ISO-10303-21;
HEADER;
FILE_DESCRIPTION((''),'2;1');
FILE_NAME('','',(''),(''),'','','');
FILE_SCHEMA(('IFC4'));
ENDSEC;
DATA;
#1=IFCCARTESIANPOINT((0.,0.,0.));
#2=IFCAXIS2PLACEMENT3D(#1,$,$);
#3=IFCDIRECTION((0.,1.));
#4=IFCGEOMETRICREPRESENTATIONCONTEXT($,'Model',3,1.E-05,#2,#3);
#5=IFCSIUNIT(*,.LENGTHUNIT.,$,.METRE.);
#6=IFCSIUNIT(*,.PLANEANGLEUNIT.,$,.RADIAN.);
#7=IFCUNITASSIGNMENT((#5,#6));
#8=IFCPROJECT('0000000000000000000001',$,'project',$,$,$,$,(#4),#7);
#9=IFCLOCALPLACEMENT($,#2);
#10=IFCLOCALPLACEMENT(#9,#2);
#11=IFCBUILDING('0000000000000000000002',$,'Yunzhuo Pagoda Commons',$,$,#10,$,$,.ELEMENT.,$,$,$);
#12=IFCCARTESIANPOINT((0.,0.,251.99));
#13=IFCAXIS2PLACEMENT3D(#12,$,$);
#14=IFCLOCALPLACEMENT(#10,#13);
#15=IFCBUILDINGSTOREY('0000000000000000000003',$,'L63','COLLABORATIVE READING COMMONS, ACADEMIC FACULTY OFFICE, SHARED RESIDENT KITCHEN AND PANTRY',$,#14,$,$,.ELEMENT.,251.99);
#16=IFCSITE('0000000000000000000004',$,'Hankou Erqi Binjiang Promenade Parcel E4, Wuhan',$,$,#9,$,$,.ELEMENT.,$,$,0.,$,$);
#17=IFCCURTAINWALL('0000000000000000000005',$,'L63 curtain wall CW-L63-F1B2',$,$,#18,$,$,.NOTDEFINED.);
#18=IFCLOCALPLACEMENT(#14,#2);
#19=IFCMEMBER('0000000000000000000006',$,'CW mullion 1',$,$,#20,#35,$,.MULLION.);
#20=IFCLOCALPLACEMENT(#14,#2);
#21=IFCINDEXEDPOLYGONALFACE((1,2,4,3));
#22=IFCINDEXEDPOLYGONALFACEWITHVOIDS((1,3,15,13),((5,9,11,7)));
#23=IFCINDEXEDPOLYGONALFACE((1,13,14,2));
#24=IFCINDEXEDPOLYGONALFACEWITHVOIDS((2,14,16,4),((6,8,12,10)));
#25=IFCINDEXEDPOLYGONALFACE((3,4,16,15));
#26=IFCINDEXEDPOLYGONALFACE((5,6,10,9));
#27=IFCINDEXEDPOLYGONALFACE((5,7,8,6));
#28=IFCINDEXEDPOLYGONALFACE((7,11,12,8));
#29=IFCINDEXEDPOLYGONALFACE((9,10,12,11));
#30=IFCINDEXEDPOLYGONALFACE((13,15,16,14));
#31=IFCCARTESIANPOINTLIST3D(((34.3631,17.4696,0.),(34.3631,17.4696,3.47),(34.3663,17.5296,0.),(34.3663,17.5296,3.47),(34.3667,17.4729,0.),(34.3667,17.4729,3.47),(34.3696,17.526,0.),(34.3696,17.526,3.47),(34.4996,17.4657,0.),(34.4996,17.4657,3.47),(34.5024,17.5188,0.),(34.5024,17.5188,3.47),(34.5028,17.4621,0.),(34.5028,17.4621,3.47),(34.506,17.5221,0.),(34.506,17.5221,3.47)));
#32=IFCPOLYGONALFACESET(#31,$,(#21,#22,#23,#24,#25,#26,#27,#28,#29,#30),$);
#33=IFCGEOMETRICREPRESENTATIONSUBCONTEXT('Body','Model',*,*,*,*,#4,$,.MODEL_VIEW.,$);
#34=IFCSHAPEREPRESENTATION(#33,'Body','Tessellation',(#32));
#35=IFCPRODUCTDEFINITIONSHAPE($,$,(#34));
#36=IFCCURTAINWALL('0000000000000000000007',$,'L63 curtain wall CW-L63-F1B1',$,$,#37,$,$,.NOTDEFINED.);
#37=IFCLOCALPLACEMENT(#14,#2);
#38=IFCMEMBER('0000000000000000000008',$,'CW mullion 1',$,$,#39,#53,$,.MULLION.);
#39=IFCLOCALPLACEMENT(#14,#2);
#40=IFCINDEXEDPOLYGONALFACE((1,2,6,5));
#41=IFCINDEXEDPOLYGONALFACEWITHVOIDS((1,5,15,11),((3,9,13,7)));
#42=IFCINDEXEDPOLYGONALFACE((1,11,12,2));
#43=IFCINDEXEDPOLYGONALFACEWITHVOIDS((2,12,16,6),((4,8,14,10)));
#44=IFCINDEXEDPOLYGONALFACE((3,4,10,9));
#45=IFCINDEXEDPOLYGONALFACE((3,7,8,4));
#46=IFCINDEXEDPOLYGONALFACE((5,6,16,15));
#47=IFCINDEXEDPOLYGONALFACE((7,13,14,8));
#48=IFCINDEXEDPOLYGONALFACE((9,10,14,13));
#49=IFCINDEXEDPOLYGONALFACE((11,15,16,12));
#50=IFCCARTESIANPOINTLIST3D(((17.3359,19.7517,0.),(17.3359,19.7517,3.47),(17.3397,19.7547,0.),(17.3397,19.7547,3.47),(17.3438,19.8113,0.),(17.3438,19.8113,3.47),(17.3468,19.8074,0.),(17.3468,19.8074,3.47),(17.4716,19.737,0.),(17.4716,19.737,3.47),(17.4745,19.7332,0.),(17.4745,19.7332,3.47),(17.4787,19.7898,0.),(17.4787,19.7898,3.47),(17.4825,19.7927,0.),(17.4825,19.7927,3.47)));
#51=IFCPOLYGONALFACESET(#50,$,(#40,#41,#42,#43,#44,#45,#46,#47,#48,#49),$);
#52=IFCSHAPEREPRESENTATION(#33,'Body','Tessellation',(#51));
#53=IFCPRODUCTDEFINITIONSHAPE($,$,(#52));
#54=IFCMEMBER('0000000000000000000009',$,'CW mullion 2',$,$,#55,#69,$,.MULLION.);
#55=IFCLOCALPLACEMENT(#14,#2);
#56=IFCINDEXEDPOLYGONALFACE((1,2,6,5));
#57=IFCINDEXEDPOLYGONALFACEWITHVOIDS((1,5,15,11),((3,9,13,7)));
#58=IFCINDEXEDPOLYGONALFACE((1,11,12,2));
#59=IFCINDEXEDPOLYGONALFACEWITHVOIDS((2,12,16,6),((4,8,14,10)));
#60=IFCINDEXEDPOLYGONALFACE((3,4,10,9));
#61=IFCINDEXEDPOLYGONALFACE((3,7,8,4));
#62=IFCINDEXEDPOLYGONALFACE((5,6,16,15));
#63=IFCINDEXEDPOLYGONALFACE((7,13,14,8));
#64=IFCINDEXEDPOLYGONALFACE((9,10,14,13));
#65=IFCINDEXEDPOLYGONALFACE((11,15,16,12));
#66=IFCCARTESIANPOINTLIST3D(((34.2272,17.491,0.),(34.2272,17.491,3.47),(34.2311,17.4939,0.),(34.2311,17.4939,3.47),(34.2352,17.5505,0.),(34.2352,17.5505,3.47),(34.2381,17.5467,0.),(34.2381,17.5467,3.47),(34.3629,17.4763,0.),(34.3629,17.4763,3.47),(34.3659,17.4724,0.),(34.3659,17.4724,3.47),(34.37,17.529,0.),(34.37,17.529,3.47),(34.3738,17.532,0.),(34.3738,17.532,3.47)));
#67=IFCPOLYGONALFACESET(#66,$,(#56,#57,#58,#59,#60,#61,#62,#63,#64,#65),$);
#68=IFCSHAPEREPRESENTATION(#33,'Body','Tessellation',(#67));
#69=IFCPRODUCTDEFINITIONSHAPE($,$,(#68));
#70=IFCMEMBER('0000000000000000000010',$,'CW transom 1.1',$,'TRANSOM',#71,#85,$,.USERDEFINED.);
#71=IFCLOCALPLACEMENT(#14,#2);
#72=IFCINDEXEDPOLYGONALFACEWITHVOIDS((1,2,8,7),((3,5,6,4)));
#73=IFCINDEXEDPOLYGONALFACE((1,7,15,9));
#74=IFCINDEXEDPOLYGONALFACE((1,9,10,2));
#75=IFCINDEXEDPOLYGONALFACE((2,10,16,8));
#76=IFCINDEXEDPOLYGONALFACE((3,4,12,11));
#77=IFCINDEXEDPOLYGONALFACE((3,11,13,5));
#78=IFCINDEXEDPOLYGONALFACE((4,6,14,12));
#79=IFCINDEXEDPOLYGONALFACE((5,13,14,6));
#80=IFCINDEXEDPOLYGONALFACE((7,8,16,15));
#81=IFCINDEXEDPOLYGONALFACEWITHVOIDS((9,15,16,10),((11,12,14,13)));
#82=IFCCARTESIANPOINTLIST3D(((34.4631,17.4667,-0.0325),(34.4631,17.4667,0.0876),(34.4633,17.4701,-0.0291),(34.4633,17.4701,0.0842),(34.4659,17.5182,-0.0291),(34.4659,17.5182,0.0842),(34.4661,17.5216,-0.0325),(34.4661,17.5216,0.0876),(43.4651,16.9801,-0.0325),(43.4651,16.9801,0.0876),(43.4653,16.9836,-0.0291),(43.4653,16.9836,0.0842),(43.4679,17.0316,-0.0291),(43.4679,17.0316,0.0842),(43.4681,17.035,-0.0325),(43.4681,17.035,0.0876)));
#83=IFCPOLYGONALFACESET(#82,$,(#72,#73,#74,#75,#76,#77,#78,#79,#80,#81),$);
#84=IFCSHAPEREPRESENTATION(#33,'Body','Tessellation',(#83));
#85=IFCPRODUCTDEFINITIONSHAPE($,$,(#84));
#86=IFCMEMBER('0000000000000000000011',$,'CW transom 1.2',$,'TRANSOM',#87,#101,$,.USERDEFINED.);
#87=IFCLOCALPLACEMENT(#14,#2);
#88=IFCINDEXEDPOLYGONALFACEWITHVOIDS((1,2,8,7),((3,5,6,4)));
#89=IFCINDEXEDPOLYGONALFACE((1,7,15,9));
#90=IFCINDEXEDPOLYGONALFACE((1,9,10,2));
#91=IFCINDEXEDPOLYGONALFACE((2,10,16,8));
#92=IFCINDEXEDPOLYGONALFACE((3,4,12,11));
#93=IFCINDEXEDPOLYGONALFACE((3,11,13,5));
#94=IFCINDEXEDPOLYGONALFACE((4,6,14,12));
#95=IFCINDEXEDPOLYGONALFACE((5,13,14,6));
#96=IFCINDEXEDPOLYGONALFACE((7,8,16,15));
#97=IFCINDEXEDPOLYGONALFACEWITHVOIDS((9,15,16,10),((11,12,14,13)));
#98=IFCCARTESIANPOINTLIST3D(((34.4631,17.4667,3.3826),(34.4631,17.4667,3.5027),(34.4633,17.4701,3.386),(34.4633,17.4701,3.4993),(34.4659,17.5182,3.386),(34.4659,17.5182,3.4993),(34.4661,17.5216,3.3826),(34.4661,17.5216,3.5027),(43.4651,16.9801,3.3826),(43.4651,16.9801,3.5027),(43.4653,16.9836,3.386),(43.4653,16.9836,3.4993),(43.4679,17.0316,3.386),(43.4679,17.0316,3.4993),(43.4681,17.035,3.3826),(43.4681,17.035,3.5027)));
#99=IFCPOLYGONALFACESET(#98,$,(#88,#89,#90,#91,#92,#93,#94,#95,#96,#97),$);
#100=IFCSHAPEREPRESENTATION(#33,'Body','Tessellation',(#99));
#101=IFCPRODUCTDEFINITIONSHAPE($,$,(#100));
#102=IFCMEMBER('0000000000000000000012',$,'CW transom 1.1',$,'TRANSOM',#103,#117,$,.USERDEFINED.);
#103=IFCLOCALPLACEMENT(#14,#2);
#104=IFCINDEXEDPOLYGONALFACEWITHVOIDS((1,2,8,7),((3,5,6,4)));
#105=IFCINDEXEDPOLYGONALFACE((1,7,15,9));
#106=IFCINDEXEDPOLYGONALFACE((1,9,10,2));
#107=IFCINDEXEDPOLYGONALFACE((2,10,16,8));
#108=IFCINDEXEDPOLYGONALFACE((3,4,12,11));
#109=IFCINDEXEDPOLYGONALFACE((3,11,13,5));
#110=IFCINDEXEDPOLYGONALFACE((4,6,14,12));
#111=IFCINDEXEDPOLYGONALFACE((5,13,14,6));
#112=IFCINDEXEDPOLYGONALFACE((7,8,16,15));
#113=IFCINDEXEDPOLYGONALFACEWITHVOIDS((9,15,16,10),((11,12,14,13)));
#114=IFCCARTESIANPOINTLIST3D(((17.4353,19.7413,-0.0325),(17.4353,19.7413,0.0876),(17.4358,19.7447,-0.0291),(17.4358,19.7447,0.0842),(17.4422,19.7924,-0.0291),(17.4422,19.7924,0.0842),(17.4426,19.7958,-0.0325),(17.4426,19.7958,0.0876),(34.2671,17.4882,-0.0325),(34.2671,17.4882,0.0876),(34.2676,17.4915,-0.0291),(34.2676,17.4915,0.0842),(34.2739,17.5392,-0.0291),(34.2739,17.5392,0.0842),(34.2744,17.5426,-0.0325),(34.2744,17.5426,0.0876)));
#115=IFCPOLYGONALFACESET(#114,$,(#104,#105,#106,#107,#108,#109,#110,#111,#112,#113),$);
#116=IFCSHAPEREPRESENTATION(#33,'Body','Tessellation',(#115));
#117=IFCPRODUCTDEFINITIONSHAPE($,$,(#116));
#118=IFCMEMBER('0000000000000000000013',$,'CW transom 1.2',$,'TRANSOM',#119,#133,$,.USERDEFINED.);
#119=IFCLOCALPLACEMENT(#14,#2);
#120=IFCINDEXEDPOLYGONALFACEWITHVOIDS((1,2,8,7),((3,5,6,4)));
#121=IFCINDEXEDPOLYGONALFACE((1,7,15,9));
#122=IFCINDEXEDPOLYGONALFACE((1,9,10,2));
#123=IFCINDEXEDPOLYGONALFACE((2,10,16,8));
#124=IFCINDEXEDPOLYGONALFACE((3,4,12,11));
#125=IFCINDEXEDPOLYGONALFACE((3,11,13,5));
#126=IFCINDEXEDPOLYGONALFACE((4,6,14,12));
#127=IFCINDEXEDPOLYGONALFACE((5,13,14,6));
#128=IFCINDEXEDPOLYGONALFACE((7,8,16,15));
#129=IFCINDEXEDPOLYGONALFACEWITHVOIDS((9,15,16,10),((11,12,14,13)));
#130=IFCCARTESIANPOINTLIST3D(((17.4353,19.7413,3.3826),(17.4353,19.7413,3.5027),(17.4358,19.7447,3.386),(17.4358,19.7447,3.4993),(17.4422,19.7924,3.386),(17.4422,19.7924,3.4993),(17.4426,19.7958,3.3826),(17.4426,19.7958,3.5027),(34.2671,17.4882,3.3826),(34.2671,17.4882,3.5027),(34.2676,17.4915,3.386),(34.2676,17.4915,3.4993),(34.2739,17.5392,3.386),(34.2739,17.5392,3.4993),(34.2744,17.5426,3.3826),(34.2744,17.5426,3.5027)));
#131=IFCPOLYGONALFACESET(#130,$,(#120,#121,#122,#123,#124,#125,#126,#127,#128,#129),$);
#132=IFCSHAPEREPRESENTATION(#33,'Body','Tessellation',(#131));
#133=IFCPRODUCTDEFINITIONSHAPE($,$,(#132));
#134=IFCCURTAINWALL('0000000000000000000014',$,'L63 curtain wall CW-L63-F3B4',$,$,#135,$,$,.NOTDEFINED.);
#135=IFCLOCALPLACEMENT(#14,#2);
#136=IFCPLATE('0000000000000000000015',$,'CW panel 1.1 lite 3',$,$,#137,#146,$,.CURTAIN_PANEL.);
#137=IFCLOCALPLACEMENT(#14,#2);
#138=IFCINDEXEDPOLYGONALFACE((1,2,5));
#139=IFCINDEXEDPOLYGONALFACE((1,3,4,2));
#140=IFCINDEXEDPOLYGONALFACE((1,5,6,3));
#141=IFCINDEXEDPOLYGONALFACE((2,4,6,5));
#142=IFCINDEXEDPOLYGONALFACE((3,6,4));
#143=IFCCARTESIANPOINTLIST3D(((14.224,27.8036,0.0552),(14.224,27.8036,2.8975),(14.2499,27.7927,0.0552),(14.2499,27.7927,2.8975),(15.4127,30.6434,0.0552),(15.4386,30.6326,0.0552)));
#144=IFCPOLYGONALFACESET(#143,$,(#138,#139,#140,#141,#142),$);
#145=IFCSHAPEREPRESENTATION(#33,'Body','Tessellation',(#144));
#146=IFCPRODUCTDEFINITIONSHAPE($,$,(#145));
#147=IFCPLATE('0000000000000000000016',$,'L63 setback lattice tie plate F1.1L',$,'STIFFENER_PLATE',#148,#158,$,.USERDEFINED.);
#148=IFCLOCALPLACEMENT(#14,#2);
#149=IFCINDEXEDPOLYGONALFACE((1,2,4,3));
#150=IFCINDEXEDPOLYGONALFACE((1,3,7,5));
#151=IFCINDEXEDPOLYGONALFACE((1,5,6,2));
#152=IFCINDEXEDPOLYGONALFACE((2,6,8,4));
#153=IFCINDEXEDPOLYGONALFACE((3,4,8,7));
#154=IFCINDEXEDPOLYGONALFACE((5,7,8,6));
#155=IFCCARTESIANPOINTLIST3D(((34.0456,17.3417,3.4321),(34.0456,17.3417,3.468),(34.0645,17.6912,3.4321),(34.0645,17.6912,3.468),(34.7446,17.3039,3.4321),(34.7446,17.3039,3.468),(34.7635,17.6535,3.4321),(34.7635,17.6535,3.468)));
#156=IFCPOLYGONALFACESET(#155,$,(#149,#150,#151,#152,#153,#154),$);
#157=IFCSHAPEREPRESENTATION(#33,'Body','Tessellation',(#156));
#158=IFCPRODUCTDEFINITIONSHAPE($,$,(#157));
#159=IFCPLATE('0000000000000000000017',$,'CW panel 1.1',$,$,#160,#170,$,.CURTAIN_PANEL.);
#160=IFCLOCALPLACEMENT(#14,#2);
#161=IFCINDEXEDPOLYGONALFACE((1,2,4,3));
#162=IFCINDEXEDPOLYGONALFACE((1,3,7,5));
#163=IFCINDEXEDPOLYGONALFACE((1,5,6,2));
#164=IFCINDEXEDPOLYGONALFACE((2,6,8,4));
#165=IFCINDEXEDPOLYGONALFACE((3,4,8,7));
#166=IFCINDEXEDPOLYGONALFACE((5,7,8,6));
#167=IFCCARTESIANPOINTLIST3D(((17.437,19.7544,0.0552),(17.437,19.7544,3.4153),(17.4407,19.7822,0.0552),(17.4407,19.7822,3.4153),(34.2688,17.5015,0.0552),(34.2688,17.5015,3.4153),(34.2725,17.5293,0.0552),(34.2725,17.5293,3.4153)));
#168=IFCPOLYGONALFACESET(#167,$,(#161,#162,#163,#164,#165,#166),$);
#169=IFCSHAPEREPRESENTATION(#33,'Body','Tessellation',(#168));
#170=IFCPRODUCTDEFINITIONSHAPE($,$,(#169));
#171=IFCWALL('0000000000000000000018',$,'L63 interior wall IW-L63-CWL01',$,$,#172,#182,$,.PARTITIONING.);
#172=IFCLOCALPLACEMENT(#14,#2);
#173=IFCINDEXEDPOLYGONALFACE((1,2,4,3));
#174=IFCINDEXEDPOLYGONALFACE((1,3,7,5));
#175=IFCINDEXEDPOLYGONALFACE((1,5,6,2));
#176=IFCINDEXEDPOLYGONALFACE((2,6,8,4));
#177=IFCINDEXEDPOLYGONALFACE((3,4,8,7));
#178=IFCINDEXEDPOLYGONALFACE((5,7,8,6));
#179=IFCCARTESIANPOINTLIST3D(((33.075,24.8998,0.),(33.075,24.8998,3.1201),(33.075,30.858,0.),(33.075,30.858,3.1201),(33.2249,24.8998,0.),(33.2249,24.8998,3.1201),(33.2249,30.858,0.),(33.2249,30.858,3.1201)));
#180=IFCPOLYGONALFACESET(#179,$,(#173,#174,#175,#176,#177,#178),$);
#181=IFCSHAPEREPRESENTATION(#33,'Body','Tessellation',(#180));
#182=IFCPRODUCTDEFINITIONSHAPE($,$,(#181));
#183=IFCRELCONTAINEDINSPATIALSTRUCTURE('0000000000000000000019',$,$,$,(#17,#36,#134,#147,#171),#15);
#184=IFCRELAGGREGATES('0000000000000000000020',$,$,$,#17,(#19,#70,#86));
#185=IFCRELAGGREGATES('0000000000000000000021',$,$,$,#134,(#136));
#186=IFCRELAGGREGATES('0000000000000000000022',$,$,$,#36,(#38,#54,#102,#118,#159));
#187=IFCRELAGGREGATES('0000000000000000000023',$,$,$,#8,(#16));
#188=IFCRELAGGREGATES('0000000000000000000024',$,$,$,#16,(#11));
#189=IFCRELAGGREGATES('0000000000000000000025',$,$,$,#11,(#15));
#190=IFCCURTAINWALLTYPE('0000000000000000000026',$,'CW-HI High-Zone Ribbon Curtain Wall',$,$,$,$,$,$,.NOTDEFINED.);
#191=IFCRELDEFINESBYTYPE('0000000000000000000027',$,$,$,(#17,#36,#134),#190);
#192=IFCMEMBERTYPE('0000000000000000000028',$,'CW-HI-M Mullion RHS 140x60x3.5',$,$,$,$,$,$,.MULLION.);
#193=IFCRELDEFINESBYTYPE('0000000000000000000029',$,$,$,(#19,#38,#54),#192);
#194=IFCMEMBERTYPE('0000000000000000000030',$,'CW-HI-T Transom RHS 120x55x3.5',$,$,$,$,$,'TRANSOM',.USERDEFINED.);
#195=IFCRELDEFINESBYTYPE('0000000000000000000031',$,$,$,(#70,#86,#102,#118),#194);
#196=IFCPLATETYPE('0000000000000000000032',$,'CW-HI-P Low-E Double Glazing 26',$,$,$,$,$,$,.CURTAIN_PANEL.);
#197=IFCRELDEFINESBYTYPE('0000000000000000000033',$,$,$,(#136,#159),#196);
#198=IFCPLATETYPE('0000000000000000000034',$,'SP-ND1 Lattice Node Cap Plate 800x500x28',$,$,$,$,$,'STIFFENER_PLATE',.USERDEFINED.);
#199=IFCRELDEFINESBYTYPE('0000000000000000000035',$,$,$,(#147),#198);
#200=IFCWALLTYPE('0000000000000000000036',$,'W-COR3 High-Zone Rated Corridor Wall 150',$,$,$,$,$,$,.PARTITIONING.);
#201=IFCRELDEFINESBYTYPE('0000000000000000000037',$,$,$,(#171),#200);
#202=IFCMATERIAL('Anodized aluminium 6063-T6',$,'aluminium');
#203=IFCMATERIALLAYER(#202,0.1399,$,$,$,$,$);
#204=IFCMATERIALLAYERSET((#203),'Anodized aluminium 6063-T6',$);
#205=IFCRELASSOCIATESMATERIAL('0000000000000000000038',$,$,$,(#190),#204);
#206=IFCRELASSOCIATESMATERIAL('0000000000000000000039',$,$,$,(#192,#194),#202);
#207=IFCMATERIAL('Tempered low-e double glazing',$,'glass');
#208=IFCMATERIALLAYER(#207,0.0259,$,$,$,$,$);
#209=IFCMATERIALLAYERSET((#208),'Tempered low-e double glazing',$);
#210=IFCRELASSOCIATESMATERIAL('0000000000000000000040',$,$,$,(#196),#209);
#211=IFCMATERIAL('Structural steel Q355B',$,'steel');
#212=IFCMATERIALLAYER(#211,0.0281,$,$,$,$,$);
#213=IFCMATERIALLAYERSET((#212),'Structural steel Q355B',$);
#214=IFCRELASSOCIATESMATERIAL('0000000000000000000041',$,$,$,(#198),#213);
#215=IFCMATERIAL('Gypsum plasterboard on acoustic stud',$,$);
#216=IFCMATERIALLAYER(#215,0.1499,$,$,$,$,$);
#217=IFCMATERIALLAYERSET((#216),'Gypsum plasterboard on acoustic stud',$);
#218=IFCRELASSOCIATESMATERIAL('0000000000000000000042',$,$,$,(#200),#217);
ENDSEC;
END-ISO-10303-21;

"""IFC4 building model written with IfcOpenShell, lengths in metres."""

from ifc_helpers import new_model, si_unit, direction, frame, frame_2d, origin, origin_2d, place, context, subcontext, project, spatial, polyline, rectangle, hollow_rectangle, outline, extrude, source, transform, mapped, material, layer, layer_set, material_profile, profile_set, type_object, element, aggregate, save


model = new_model("IFC4")

# Units and contexts
model_context = context("Model", 3, precision=1e-05, world=origin(), true_north=direction((0.0, 1.0)))
body_context = subcontext(model_context, "Body", "Model", "MODEL_VIEW")
ifc_project = project(units=[si_unit("LENGTHUNIT", "METRE"), si_unit("PLANEANGLEUNIT", "RADIAN")], contexts=[model_context])

# Site, building, storey
site_placement = place(None, origin())
site = spatial("IfcSite", under=ifc_project, at=site_placement, Name="Hankou Erqi Binjiang Promenade Parcel E4, Wuhan", CompositionType="ELEMENT", RefElevation=0.0)
building_placement = place(site_placement, origin())
building = spatial("IfcBuilding", under=site, at=building_placement, Name="Yunzhuo Pagoda Commons", CompositionType="ELEMENT")
storey_placement = place(building_placement, frame((0.0, 0.0, 251.99)))
storey = spatial("IfcBuildingStorey", under=building, at=storey_placement, Name="L63", Description="COLLABORATIVE READING COMMONS, ACADEMIC FACULTY OFFICE, SHARED RESIDENT KITCHEN AND PANTRY", CompositionType="ELEMENT", Elevation=251.99)

# Shared definitions
ifc_material_1 = material(Name="Structural steel Q355B", Category="steel")

# Curtain wall, member
ifc_material_2 = material(Name="Anodized aluminium 6063-T6", Category="aluminium")
ifc_layer_1 = layer(ifc_material_2, 0.1399)
ifc_layer_set_1 = layer_set([ifc_layer_1], Name="Anodized aluminium 6063-T6")
curtain_wall_type = type_object("IfcCurtainWallType", Name="CW-HI High-Zone Ribbon Curtain Wall", PredefinedType="NOTDEFINED", material=ifc_layer_set_1)
curtain_wall_1_placement = place(storey_placement, origin())
curtain_wall_1 = element("IfcCurtainWall", 1, at=curtain_wall_1_placement, inside=storey, type_object=curtain_wall_type, Name="L63 curtain wall CW-L63-F1B2", PredefinedType="NOTDEFINED")
ifc_material_profile_1 = material_profile(ifc_material_2, hollow_rectangle(XDim=0.0601, YDim=0.1399, WallThickness=0.0034, at=origin_2d()), Name="Anodized aluminium 6063-T6")
ifc_profile_set_1 = profile_set([ifc_material_profile_1], Name="Anodized aluminium 6063-T6")
member_type_1 = type_object("IfcMemberType", Name="CW-HI-M Mullion RHS 140x60x3.5", PredefinedType="MULLION", material=ifc_profile_set_1)
shared_shape_1 = source(origin(), body_context, "Body", "SweptSolid", [
    extrude(hollow_rectangle(XDim=0.0601, YDim=0.1399, WallThickness=0.0034, at=origin_2d()), origin(), (0.0, 0.0, 1.0), 3.47),
])
member_1_placement = place(storey_placement, frame((34.4346, 17.4958, 0.0), z_axis=(0.0, 0.0, 1.0), x_axis=(0.053989, 0.998542, 0.0)))
member_1 = element("IfcMember", 2, at=member_1_placement, type_object=member_type_1, Name="CW mullion 1", PredefinedType="MULLION", context=body_context, shape_type="MappedRepresentation", body=[
    mapped(shared_shape_1, transform((0.0, 0.0, 0.0), scale=1.0)),
])

# Curtain wall, members
curtain_wall_2_placement = place(storey_placement, origin())
curtain_wall_2 = element("IfcCurtainWall", 3, at=curtain_wall_2_placement, inside=storey, type_object=curtain_wall_type, Name="L63 curtain wall CW-L63-F1B1", PredefinedType="NOTDEFINED")
member_2_placement = place(storey_placement, frame((17.4092, 19.7722, 0.0), z_axis=(0.0, 0.0, 1.0), x_axis=(0.132664, 0.991161, 0.0)))
member_2 = element("IfcMember", 4, at=member_2_placement, type_object=member_type_1, Name="CW mullion 1", PredefinedType="MULLION", context=body_context, shape_type="MappedRepresentation", body=[
    mapped(shared_shape_1, transform((0.0, 0.0, 0.0), scale=1.0)),
])
member_3_placement = place(storey_placement, frame((34.3005, 17.5115, 0.0), z_axis=(0.0, 0.0, 1.0), x_axis=(0.132664, 0.991161, 0.0)))
member_3 = element("IfcMember", 5, at=member_3_placement, type_object=member_type_1, Name="CW mullion 2", PredefinedType="MULLION", context=body_context, shape_type="MappedRepresentation", body=[
    mapped(shared_shape_1, transform((0.0, 0.0, 0.0), scale=1.0)),
])

# Members
ifc_material_profile_2 = material_profile(ifc_material_2, hollow_rectangle(XDim=0.0549, YDim=0.1201, WallThickness=0.0034, at=origin_2d()), Name="Anodized aluminium 6063-T6")
ifc_profile_set_2 = profile_set([ifc_material_profile_2], Name="Anodized aluminium 6063-T6")
member_type_2 = type_object("IfcMemberType", Name="CW-HI-T Transom RHS 120x55x3.5", ElementType="TRANSOM", PredefinedType="USERDEFINED", material=ifc_profile_set_2)
shared_shape_2 = source(origin(), body_context, "Body", "SweptSolid", [
    extrude(hollow_rectangle(XDim=0.0549, YDim=0.1201, WallThickness=0.0034, at=origin_2d()), origin(), (0.0, 0.0, 1.0), 9.0151),
])
member_4_placement = place(storey_placement, frame((34.4646, 17.4941, 0.0276), z_axis=(0.998542, -0.053973, 0.0), x_axis=(0.053973, 0.998542, 0.0)))
member_4 = element("IfcMember", 6, at=member_4_placement, type_object=member_type_2, Name="CW transom 1.1", ObjectType="TRANSOM", PredefinedType="USERDEFINED", context=body_context, shape_type="MappedRepresentation", body=[
    mapped(shared_shape_2, transform((0.0, 0.0, 0.0), scale=1.0)),
])
member_5_placement = place(storey_placement, frame((34.4646, 17.4941, 3.4426), z_axis=(0.998542, -0.053973, 0.0), x_axis=(0.053973, 0.998542, 0.0)))
member_5 = element("IfcMember", 7, at=member_5_placement, type_object=member_type_2, Name="CW transom 1.2", ObjectType="TRANSOM", PredefinedType="USERDEFINED", context=body_context, shape_type="MappedRepresentation", body=[
    mapped(shared_shape_2, transform((0.0, 0.0, 0.0), scale=1.0)),
])
aggregate(curtain_wall_1, [member_1, member_4, member_5])
shared_shape_3 = source(origin(), body_context, "Body", "SweptSolid", [
    extrude(hollow_rectangle(XDim=0.0549, YDim=0.1201, WallThickness=0.0034, at=origin_2d()), origin(), (0.0, 0.0, 1.0), 16.9819),
])
member_6_placement = place(storey_placement, frame((17.439, 19.7686, 0.0276), z_axis=(0.991159, -0.132681, 0.0), x_axis=(0.132681, 0.991159, 0.0)))
member_6 = element("IfcMember", 8, at=member_6_placement, type_object=member_type_2, Name="CW transom 1.1", ObjectType="TRANSOM", PredefinedType="USERDEFINED", context=body_context, shape_type="MappedRepresentation", body=[
    mapped(shared_shape_3, transform((0.0, 0.0, 0.0), scale=1.0)),
])
member_7_placement = place(storey_placement, frame((17.439, 19.7686, 3.4426), z_axis=(0.991159, -0.132681, 0.0), x_axis=(0.132681, 0.991159, 0.0)))
member_7 = element("IfcMember", 9, at=member_7_placement, type_object=member_type_2, Name="CW transom 1.2", ObjectType="TRANSOM", PredefinedType="USERDEFINED", context=body_context, shape_type="MappedRepresentation", body=[
    mapped(shared_shape_3, transform((0.0, 0.0, 0.0), scale=1.0)),
])

# Curtain wall, plate
curtain_wall_3_placement = place(storey_placement, origin())
curtain_wall_3 = element("IfcCurtainWall", 10, at=curtain_wall_3_placement, inside=storey, type_object=curtain_wall_type, Name="L63 curtain wall CW-L63-F3B4", PredefinedType="NOTDEFINED")
ifc_material_3 = material(Name="Tempered low-e double glazing", Category="glass")
ifc_layer_2 = layer(ifc_material_3, 0.0259)
ifc_layer_set_2 = layer_set([ifc_layer_2], Name="Tempered low-e double glazing")
plate_type_1 = type_object("IfcPlateType", Name="CW-HI-P Low-E Double Glazing 26", PredefinedType="CURTAIN_PANEL", material=ifc_layer_set_2)
plate_1_placement = place(storey_placement, frame((14.8442, 29.2126, 1.4763), z_axis=(-0.922451, 0.386115, 0.0), x_axis=(-0.386115, -0.922451, 0.0)))
plate_1 = element("IfcPlate", 11, at=plate_1_placement, type_object=plate_type_1, Name="CW panel 1.1 lite 3", PredefinedType="CURTAIN_PANEL", context=body_context, shape_type="SweptSolid", body=[
    extrude(outline(polyline([(-1.5393, -1.4211), (1.5393, -1.4211), (1.5393, 1.4211), (-1.5393, -1.4211)])), origin(), (0.0, 0.0, 1.0), 0.0281),
])
aggregate(curtain_wall_3, [plate_1])

# Plates
ifc_layer_3 = layer(ifc_material_1, 0.0281)
ifc_layer_set_3 = layer_set([ifc_layer_3], Name="Structural steel Q355B")
plate_type_2 = type_object("IfcPlateType", Name="SP-ND1 Lattice Node Cap Plate 800x500x28", ElementType="STIFFENER_PLATE", PredefinedType="USERDEFINED", material=ifc_layer_set_3)
shared_shape_4 = source(origin(), body_context, "Body", "SweptSolid", [
    extrude(rectangle(XDim=0.7, YDim=0.3501, at=origin_2d()), origin(), (0.0, 0.0, 1.0), 0.0359),
])
plate_2_placement = place(storey_placement, frame((34.4045, 17.4976, 3.4321), z_axis=(0.0, 0.0, 1.0), x_axis=(0.998541, -0.053992, 0.0)))
element("IfcPlate", 12, at=plate_2_placement, inside=storey, type_object=plate_type_2, Name="L63 setback lattice tie plate F1.1L", ObjectType="STIFFENER_PLATE", PredefinedType="USERDEFINED", context=body_context, shape_type="MappedRepresentation", body=[
    mapped(shared_shape_4, transform((0.0, 0.0, 0.0), scale=1.0)),
])
shared_shape_5 = source(origin(), body_context, "Body", "SweptSolid", [
    extrude(rectangle(XDim=16.9819, YDim=0.0281, at=origin_2d()), origin(), (0.0, 0.0, 1.0), 3.3601),
])
plate_3_placement = place(storey_placement, frame((25.8547, 18.6418, 0.0552), z_axis=(0.0, 0.0, 1.0), x_axis=(0.991161, -0.132664, 0.0)))
plate_3 = element("IfcPlate", 13, at=plate_3_placement, type_object=plate_type_1, Name="CW panel 1.1", PredefinedType="CURTAIN_PANEL", context=body_context, shape_type="MappedRepresentation", body=[
    mapped(shared_shape_5, transform((0.0, 0.0, 0.0), scale=1.0)),
])
aggregate(curtain_wall_2, [member_2, member_3, member_6, member_7, plate_3])

# Wall
ifc_material_4 = material(Name="Gypsum plasterboard on acoustic stud")
ifc_layer_4 = layer(ifc_material_4, 0.1499)
ifc_layer_set_4 = layer_set([ifc_layer_4], Name="Gypsum plasterboard on acoustic stud")
wall_type_1 = type_object("IfcWallType", Name="W-COR3 High-Zone Rated Corridor Wall 150", PredefinedType="PARTITIONING", material=ifc_layer_set_4)
wall_1_placement = place(storey_placement, frame((33.1499, 24.8999, 0.0), z_axis=(0.0, 0.0, 1.0), x_axis=(0.0, 1.0, 0.0)))
element("IfcWall", 14, at=wall_1_placement, inside=storey, type_object=wall_type_1, Name="L63 interior wall IW-L63-CWL01", PredefinedType="PARTITIONING", context=body_context, shape_type="SweptSolid", body=[
    extrude(rectangle(XDim=5.9583, YDim=0.1499, at=frame_2d((2.979, 0.0))), origin(), (0.0, 0.0, 1.0), 3.1201),
])

save(model, "model.ifc")
